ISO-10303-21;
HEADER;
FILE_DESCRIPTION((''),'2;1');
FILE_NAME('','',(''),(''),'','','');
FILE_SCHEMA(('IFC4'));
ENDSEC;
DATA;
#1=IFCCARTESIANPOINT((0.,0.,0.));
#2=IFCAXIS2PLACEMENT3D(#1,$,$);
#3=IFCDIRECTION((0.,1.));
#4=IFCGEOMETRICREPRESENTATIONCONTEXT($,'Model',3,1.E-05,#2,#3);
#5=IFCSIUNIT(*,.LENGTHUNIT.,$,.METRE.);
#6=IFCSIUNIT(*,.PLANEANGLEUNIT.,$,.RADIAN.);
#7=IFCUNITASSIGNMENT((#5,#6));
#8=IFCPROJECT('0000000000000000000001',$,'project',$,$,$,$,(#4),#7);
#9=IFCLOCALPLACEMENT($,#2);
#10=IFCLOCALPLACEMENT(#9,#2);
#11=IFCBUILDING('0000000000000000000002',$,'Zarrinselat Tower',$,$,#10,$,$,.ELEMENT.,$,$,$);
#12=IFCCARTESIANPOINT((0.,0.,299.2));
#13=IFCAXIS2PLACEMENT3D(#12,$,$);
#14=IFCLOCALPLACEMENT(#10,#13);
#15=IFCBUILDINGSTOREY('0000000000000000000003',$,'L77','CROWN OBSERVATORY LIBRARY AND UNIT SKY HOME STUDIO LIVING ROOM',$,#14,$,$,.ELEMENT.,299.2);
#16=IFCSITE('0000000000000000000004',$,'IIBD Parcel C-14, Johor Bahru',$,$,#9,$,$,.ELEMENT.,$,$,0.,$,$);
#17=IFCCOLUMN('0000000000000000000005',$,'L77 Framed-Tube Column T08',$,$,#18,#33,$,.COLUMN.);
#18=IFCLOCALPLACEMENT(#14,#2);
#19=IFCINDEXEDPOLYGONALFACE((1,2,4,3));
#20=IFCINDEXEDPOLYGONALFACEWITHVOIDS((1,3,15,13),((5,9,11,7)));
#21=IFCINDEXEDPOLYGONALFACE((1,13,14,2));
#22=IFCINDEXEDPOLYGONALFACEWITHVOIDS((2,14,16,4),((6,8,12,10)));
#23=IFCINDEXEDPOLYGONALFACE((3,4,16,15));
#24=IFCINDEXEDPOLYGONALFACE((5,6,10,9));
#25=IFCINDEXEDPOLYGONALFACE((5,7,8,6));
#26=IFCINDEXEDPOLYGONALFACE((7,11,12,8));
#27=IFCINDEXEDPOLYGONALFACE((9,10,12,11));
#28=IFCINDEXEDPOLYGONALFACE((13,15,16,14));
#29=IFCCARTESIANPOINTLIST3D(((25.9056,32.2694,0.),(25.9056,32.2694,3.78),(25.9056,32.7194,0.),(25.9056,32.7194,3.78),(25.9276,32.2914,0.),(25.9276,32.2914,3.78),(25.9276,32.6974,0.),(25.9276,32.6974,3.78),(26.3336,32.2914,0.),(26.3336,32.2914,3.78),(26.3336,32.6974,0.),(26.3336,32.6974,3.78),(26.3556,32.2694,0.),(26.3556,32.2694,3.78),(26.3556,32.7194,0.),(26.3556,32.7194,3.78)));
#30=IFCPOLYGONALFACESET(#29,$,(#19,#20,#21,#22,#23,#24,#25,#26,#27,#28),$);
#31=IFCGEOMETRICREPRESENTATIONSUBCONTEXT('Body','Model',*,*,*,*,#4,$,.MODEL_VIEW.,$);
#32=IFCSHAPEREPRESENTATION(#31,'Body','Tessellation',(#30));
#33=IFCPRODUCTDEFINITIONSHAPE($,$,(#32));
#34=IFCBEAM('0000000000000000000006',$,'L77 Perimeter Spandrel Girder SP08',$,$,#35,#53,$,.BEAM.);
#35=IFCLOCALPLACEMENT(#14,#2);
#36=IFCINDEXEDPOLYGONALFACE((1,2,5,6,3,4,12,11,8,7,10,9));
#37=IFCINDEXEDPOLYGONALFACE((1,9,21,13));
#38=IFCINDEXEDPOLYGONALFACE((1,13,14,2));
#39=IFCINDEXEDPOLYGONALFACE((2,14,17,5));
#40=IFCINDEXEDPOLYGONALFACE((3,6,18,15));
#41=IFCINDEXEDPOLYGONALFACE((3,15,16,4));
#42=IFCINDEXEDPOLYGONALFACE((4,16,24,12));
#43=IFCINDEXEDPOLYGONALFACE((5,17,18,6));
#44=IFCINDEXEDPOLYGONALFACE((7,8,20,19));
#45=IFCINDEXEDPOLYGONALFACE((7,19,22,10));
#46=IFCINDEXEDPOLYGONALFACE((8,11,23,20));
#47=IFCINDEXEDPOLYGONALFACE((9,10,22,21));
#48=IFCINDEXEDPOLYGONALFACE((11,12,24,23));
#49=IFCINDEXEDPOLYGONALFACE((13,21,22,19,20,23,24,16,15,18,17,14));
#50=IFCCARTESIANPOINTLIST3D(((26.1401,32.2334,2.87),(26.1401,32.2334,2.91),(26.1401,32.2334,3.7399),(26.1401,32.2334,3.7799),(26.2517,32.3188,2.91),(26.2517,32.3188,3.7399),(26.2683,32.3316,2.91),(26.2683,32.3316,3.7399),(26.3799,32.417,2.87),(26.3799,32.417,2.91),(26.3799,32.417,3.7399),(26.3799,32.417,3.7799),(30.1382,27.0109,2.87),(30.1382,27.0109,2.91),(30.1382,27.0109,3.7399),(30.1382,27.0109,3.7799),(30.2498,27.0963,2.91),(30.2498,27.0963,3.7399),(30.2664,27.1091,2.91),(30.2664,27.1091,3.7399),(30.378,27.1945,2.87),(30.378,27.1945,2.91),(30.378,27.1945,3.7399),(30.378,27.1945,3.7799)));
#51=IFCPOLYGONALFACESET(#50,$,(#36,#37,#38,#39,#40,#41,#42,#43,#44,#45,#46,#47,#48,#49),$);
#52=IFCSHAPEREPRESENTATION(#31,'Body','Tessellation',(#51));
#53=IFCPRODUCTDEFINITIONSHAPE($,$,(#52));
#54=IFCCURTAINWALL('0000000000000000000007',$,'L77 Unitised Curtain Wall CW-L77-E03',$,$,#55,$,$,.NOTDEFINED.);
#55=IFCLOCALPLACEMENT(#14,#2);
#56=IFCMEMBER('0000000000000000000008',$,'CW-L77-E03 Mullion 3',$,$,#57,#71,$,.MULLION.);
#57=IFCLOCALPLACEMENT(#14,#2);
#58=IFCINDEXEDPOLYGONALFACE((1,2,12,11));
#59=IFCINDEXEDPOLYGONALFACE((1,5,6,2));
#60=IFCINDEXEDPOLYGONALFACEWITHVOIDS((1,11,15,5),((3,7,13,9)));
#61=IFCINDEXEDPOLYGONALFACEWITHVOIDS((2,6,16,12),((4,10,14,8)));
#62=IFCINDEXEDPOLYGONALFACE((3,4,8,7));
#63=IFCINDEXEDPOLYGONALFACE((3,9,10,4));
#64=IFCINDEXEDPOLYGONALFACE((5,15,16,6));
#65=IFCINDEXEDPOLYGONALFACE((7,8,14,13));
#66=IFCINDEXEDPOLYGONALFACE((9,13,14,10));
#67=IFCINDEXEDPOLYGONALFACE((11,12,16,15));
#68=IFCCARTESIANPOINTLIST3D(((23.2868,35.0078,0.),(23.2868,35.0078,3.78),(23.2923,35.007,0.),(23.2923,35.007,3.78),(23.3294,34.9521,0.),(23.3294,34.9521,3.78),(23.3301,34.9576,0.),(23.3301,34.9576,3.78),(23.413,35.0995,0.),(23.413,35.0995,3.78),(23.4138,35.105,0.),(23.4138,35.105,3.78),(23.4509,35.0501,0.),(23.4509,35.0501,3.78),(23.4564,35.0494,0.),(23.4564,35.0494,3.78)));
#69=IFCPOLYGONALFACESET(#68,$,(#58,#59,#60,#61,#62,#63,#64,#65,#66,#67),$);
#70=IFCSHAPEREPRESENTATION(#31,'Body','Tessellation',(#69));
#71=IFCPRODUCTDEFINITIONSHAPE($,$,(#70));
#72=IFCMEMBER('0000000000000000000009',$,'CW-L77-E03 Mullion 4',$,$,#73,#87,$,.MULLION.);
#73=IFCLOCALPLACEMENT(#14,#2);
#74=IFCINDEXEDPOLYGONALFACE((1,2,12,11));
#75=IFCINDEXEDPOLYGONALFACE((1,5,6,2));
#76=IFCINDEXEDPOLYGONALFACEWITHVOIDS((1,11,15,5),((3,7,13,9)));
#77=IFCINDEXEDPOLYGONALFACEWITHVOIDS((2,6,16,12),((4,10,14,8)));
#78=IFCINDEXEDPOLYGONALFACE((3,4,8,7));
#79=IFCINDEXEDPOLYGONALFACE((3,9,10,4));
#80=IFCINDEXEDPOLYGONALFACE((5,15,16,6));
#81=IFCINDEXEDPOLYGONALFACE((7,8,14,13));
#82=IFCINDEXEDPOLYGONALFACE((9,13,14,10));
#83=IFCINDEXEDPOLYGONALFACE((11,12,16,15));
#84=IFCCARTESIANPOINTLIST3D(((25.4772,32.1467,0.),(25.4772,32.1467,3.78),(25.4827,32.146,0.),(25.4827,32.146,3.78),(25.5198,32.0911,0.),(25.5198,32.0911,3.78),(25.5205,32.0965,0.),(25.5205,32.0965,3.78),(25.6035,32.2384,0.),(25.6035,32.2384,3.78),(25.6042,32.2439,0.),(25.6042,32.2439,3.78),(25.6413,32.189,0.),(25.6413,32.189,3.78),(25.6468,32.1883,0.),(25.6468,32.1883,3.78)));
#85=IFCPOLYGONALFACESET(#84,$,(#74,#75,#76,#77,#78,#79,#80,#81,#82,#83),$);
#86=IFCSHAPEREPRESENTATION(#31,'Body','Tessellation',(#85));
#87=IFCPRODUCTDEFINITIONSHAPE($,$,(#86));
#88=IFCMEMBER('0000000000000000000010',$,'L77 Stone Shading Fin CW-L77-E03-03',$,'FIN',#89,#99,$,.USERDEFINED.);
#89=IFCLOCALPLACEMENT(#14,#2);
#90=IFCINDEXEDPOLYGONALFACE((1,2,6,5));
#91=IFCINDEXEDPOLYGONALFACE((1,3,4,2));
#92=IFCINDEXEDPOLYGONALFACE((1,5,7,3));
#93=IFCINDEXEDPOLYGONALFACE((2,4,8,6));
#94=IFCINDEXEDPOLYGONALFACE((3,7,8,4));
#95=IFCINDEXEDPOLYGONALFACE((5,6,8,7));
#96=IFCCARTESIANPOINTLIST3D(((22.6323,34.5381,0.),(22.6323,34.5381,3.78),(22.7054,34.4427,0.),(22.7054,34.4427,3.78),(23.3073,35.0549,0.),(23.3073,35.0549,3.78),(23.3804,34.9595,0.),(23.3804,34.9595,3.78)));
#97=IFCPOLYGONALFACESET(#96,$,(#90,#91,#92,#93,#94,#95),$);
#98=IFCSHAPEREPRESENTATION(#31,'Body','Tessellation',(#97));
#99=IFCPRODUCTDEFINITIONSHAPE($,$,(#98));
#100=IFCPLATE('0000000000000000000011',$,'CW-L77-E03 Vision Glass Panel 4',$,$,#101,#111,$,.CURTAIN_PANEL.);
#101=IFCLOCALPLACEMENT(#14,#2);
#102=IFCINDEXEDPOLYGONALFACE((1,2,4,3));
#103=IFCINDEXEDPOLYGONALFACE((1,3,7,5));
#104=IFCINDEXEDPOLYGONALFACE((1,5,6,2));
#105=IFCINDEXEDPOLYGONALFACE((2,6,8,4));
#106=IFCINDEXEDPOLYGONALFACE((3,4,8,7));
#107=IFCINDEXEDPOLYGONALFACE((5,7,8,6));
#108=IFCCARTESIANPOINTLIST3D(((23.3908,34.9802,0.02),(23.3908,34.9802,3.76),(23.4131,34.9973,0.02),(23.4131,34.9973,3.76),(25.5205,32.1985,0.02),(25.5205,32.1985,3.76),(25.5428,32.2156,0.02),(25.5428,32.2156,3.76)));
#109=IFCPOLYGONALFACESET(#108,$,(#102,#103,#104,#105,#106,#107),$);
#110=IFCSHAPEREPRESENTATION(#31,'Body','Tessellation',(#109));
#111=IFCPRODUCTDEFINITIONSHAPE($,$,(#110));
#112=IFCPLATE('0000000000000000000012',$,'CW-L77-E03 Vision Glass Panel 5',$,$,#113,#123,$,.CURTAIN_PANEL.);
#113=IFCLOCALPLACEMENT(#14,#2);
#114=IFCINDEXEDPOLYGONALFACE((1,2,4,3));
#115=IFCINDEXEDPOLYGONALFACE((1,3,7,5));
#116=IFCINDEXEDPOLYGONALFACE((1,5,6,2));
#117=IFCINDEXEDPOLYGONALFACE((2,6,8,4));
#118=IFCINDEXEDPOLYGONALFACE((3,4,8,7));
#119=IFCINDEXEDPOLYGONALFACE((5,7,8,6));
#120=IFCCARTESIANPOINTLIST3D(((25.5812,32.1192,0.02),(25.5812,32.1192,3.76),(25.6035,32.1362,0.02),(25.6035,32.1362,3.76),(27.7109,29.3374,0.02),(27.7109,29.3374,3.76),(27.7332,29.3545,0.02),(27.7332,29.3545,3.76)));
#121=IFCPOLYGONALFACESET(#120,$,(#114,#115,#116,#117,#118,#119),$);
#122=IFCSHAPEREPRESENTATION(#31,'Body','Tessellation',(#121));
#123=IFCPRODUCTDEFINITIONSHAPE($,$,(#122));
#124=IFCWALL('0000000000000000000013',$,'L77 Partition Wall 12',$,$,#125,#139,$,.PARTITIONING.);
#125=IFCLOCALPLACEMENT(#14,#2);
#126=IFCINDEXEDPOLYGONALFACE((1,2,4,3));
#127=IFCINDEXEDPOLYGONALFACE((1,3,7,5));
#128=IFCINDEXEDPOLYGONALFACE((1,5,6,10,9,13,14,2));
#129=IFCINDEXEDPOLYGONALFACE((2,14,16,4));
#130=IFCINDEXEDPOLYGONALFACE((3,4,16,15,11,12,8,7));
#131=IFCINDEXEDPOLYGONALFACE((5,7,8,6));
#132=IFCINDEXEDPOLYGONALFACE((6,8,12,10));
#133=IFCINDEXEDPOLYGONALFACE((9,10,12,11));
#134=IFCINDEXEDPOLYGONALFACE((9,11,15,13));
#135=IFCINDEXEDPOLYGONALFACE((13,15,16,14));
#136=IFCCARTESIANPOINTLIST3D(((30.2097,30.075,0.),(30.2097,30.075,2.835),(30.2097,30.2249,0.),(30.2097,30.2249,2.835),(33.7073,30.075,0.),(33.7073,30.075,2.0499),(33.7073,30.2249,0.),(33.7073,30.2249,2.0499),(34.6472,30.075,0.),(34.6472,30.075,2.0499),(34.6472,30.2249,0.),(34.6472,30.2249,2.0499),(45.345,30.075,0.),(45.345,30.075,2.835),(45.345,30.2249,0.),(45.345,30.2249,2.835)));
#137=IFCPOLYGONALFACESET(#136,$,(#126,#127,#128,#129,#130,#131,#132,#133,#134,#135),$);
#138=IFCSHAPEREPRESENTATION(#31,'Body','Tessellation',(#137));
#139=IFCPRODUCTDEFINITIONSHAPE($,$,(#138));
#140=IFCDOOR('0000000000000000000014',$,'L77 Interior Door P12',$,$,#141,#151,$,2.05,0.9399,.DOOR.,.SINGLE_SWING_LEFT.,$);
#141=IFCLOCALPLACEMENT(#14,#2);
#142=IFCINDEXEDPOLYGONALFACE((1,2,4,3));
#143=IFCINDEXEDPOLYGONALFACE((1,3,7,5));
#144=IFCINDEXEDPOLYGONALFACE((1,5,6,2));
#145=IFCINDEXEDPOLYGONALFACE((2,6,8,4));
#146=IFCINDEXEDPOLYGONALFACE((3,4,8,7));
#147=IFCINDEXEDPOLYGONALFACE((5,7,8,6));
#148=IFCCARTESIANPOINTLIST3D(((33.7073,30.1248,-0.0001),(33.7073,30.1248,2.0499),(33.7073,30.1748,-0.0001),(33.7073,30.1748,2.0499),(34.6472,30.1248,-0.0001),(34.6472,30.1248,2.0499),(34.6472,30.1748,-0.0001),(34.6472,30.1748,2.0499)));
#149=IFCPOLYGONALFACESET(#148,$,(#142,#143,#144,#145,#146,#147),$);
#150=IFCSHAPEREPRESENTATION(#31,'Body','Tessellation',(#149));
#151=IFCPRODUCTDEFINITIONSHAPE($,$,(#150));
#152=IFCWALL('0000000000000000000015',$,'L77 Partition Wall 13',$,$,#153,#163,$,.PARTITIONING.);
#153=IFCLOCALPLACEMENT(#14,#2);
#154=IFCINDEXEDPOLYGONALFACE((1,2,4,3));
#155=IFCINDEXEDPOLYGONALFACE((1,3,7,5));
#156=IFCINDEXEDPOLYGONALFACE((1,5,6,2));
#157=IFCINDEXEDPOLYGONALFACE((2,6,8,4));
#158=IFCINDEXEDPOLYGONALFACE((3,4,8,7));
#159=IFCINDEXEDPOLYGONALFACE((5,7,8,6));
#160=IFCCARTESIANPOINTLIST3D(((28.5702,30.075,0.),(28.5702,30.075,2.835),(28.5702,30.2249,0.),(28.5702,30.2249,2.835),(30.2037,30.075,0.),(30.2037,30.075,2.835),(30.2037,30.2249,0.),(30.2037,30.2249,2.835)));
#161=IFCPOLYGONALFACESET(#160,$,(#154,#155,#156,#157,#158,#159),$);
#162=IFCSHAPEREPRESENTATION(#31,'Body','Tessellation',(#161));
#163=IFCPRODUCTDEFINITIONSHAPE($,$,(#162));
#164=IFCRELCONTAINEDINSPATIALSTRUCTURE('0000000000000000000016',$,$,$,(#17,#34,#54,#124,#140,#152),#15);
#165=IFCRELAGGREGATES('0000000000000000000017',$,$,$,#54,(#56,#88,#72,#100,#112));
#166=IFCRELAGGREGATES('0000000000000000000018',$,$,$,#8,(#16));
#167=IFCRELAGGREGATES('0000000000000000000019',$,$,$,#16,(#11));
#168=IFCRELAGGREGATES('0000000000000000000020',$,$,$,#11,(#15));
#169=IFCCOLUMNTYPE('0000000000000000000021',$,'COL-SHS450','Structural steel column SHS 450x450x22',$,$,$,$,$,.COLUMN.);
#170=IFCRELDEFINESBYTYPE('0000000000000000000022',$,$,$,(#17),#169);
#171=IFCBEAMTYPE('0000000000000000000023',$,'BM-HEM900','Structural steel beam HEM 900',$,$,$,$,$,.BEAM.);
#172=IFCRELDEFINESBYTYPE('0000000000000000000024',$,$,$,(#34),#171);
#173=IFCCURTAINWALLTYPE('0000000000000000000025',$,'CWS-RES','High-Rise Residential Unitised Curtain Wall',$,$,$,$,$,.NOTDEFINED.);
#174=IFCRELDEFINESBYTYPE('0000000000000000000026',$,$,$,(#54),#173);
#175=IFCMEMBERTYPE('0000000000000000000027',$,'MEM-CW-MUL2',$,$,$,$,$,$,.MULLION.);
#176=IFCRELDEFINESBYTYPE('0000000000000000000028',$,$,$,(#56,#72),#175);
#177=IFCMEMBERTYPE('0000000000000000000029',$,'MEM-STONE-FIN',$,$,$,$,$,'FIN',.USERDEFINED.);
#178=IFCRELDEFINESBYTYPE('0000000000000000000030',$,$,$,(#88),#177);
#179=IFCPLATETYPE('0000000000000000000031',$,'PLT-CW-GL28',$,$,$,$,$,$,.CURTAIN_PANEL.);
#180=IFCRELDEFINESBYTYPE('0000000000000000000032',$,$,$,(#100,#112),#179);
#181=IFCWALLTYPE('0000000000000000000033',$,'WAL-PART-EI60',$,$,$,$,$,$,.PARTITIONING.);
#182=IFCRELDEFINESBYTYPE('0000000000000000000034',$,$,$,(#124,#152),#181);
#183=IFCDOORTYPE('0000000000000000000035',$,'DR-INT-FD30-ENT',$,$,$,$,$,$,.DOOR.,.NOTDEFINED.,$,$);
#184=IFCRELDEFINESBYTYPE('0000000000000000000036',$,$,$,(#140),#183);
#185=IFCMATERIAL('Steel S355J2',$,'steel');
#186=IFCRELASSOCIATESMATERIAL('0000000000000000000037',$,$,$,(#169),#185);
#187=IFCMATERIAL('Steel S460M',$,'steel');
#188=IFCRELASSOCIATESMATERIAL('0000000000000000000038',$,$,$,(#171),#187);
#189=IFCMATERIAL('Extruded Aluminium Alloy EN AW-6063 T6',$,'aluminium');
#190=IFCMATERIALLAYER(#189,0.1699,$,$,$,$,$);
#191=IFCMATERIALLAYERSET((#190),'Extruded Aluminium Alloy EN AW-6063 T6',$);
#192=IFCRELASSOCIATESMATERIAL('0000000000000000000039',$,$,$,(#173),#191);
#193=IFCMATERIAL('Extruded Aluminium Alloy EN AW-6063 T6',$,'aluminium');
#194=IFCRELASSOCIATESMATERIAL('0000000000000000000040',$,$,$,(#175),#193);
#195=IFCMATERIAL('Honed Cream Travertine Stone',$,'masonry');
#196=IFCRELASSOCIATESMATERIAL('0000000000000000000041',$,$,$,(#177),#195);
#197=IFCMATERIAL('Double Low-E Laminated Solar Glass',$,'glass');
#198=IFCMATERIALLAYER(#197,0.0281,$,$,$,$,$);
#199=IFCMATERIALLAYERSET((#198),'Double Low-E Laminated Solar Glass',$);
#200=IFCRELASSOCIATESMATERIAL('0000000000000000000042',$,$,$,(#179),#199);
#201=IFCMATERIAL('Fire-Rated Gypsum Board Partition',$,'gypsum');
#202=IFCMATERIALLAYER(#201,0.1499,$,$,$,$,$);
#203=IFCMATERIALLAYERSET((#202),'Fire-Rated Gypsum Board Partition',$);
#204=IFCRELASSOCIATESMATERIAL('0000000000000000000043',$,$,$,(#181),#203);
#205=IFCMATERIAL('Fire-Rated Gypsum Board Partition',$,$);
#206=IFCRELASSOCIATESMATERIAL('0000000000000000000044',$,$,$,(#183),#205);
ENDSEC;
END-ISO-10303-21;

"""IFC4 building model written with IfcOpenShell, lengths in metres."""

from ifc_helpers import new_model, si_unit, direction, frame, frame_2d, origin, origin_2d, place, context, subcontext, project, spatial, rectangle, hollow_rectangle, i_section, extrude, material, layer, layer_set, material_profile, profile_set, type_object, element, fill, aggregate, save


model = new_model("IFC4")

# Units and contexts
model_context = context("Model", 3, precision=1e-05, world=origin(), true_north=direction((0.0, 1.0)))
body_context = subcontext(model_context, "Body", "Model", "MODEL_VIEW")
ifc_project = project(units=[si_unit("LENGTHUNIT", "METRE"), si_unit("PLANEANGLEUNIT", "RADIAN")], contexts=[model_context])

# Site, building, storey
site_placement = place(None, origin())
site = spatial("IfcSite", under=ifc_project, at=site_placement, Name="IIBD Parcel C-14, Johor Bahru", CompositionType="ELEMENT", RefElevation=0.0)
building_placement = place(site_placement, origin())
building = spatial("IfcBuilding", under=site, at=building_placement, Name="Zarrinselat Tower", CompositionType="ELEMENT")
storey_placement = place(building_placement, frame((0.0, 0.0, 299.2)))
storey = spatial("IfcBuildingStorey", under=building, at=storey_placement, Name="L77", Description="CROWN OBSERVATORY LIBRARY AND UNIT SKY HOME STUDIO LIVING ROOM", CompositionType="ELEMENT", Elevation=299.2)

# Column
ifc_material_1 = material(Name="Steel S355J2", Category="steel")
ifc_material_profile_1 = material_profile(ifc_material_1, hollow_rectangle(XDim=0.45, YDim=0.45, WallThickness=0.022, at=origin_2d()), Name="SHS 450x450x22")
ifc_profile_set_1 = profile_set([ifc_material_profile_1], Name="Steel S355J2")
column_type = type_object("IfcColumnType", Name="COL-SHS450", Description="Structural steel column SHS 450x450x22", PredefinedType="COLUMN", material=ifc_profile_set_1)
column_placement = place(storey_placement, frame((26.1306, 32.4944, 0.0), z_axis=(0.0, 0.0, 1.0), x_axis=(1.0, 0.0, 0.0)))
element("IfcColumn", 1, at=column_placement, inside=storey, type_object=column_type, Name="L77 Framed-Tube Column T08", PredefinedType="COLUMN", context=body_context, shape_type="SweptSolid", body=[
    extrude(hollow_rectangle(XDim=0.45, YDim=0.45, WallThickness=0.022, at=origin_2d()), origin(), (0.0, 0.0, 1.0), 3.78),
])

# Beam
ifc_material_2 = material(Name="Steel S460M", Category="steel")
ifc_material_profile_2 = material_profile(ifc_material_2, i_section(OverallWidth=0.302, OverallDepth=0.9099, WebThickness=0.021, FlangeThickness=0.04, at=origin_2d()), Name="HEM 900")
ifc_profile_set_2 = profile_set([ifc_material_profile_2], Name="Steel S460M")
beam_type = type_object("IfcBeamType", Name="BM-HEM900", Description="Structural steel beam HEM 900", PredefinedType="BEAM", material=ifc_profile_set_2)
beam_placement = place(storey_placement, frame((26.26, 32.3252, 3.325), z_axis=(0.607876, -0.794032, 0.0), x_axis=(0.794032, 0.607876, 0.0)))
element("IfcBeam", 2, at=beam_placement, inside=storey, type_object=beam_type, Name="L77 Perimeter Spandrel Girder SP08", PredefinedType="BEAM", context=body_context, shape_type="SweptSolid", body=[
    extrude(i_section(OverallWidth=0.302, OverallDepth=0.9099, WebThickness=0.021, FlangeThickness=0.04, at=origin_2d()), origin(), (0.0, 0.0, 1.0), 6.5771),
])

# Curtain wall, members, plates
ifc_material_3 = material(Name="Extruded Aluminium Alloy EN AW-6063 T6", Category="aluminium")
ifc_layer_1 = layer(ifc_material_3, 0.1699)
ifc_layer_set_1 = layer_set([ifc_layer_1], Name="Extruded Aluminium Alloy EN AW-6063 T6")
curtain_wall_type = type_object("IfcCurtainWallType", Name="CWS-RES", Description="High-Rise Residential Unitised Curtain Wall", PredefinedType="NOTDEFINED", material=ifc_layer_set_1)
curtain_wall_placement = place(storey_placement, origin())
curtain_wall = element("IfcCurtainWall", 3, at=curtain_wall_placement, inside=storey, type_object=curtain_wall_type, Name="L77 Unitised Curtain Wall CW-L77-E03", PredefinedType="NOTDEFINED")
ifc_material_4 = material(Name="Extruded Aluminium Alloy EN AW-6063 T6", Category="aluminium")
ifc_material_profile_3 = material_profile(ifc_material_4, hollow_rectangle(XDim=0.0701, YDim=0.1599, WallThickness=0.0039, at=origin_2d()), Name="RHS 160x70x4")
ifc_profile_set_3 = profile_set([ifc_material_profile_3], Name="Extruded Aluminium Alloy EN AW-6063 T6")
member_type_1 = type_object("IfcMemberType", Name="MEM-CW-MUL2", PredefinedType="MULLION", material=ifc_profile_set_3)
member_1_placement = place(storey_placement, frame((23.3716, 35.0286, 0.0), z_axis=(0.0, 0.0, 1.0), x_axis=(0.607898, -0.794015, 0.0)))
member_1 = element("IfcMember", 4, at=member_1_placement, type_object=member_type_1, Name="CW-L77-E03 Mullion 3", PredefinedType="MULLION", context=body_context, shape_type="SweptSolid", body=[
    extrude(hollow_rectangle(XDim=0.0701, YDim=0.1599, WallThickness=0.0039, at=origin_2d()), origin(), (0.0, 0.0, 1.0), 3.78),
])
member_2_placement = place(storey_placement, frame((25.562, 32.1675, 0.0), z_axis=(0.0, 0.0, 1.0), x_axis=(0.607898, -0.794015, 0.0)))
member_2 = element("IfcMember", 5, at=member_2_placement, type_object=member_type_1, Name="CW-L77-E03 Mullion 4", PredefinedType="MULLION", context=body_context, shape_type="SweptSolid", body=[
    extrude(hollow_rectangle(XDim=0.0701, YDim=0.1599, WallThickness=0.0039, at=origin_2d()), origin(), (0.0, 0.0, 1.0), 3.78),
])
ifc_material_5 = material(Name="Honed Cream Travertine Stone", Category="masonry")
ifc_material_profile_4 = material_profile(ifc_material_5, rectangle(XDim=0.1201, YDim=0.8501, at=origin_2d()), Name="FIN 850x120")
ifc_profile_set_4 = profile_set([ifc_material_profile_4], Name="Honed Cream Travertine Stone")
member_type_2 = type_object("IfcMemberType", Name="MEM-STONE-FIN", ElementType="FIN", PredefinedType="USERDEFINED", material=ifc_profile_set_4)
member_3_placement = place(storey_placement, frame((23.0063, 34.7488, 0.0), z_axis=(0.0, 0.0, 1.0), x_axis=(-0.607898, 0.794015, 0.0)))
member_3 = element("IfcMember", 6, at=member_3_placement, type_object=member_type_2, Name="L77 Stone Shading Fin CW-L77-E03-03", ObjectType="FIN", PredefinedType="USERDEFINED", context=body_context, shape_type="SweptSolid", body=[
    extrude(rectangle(XDim=0.1201, YDim=0.8501, at=origin_2d()), origin(), (0.0, 0.0, 1.0), 3.78),
])
ifc_material_6 = material(Name="Double Low-E Laminated Solar Glass", Category="glass")
ifc_layer_2 = layer(ifc_material_6, 0.0281)
ifc_layer_set_2 = layer_set([ifc_layer_2], Name="Double Low-E Laminated Solar Glass")
plate_type = type_object("IfcPlateType", Name="PLT-CW-GL28", PredefinedType="CURTAIN_PANEL", material=ifc_layer_set_2)
plate_1_placement = place(storey_placement, frame((24.4668, 33.5979, 0.02), z_axis=(0.0, 0.0, 1.0), x_axis=(0.607898, -0.794015, 0.0)))
plate_1 = element("IfcPlate", 7, at=plate_1_placement, type_object=plate_type, Name="CW-L77-E03 Vision Glass Panel 4", PredefinedType="CURTAIN_PANEL", context=body_context, shape_type="SweptSolid", body=[
    extrude(rectangle(XDim=3.5034, YDim=0.0281, at=origin_2d()), origin(), (0.0, 0.0, 1.0), 3.74),
])
plate_2_placement = place(storey_placement, frame((26.6572, 30.7368, 0.02), z_axis=(0.0, 0.0, 1.0), x_axis=(0.607898, -0.794015, 0.0)))
plate_2 = element("IfcPlate", 8, at=plate_2_placement, type_object=plate_type, Name="CW-L77-E03 Vision Glass Panel 5", PredefinedType="CURTAIN_PANEL", context=body_context, shape_type="SweptSolid", body=[
    extrude(rectangle(XDim=3.5034, YDim=0.0281, at=origin_2d()), origin(), (0.0, 0.0, 1.0), 3.74),
])
aggregate(curtain_wall, [member_1, member_3, member_2, plate_1, plate_2])

# Wall, opening, door
ifc_material_7 = material(Name="Fire-Rated Gypsum Board Partition", Category="gypsum")
ifc_layer_3 = layer(ifc_material_7, 0.1499)
ifc_layer_set_3 = layer_set([ifc_layer_3], Name="Fire-Rated Gypsum Board Partition")
wall_type_1 = type_object("IfcWallType", Name="WAL-PART-EI60", PredefinedType="PARTITIONING", material=ifc_layer_set_3)
wall_1_placement = place(storey_placement, frame((30.2097, 30.1499, 0.0), z_axis=(0.0, 0.0, 1.0), x_axis=(1.0, 0.0, 0.0)))
wall_1 = element("IfcWall", 9, at=wall_1_placement, inside=storey, type_object=wall_type_1, Name="L77 Partition Wall 12", PredefinedType="PARTITIONING", context=body_context, shape_type="SweptSolid", body=[
    extrude(rectangle(XDim=15.1353, YDim=0.1499, at=frame_2d((7.5676, 0.0))), origin(), (0.0, 0.0, 1.0), 2.835),
])
opening_1_placement = place(wall_1_placement, frame((3.4976, 0.0, 0.0)))
opening_1 = element("IfcOpeningElement", 10, at=opening_1_placement, cuts=wall_1, PredefinedType="OPENING", context=body_context, shape_type="SweptSolid", body=[
    extrude(rectangle(XDim=0.9399, YDim=2.05, at=frame_2d((0.47, 1.0249))), frame((0.0, 0.085, 0.0), z_axis=(0.0, -1.0, 0.0), x_axis=(1.0, 0.0, 0.0)), (0.0, 0.0, 1.0), 0.1699),
])
ifc_material_8 = material(Name="Fire-Rated Gypsum Board Partition")
door_type_1 = type_object("IfcDoorType", Name="DR-INT-FD30-ENT", OperationType="NOTDEFINED", PredefinedType="DOOR", material=ifc_material_8)
door_1_placement = place(opening_1_placement, origin())
door_1 = element("IfcDoor", 11, at=door_1_placement, inside=storey, type_object=door_type_1, Name="L77 Interior Door P12", OperationType="SINGLE_SWING_LEFT", OverallHeight=2.05, OverallWidth=0.9399, PredefinedType="DOOR", context=body_context, shape_type="SweptSolid", body=[
    extrude(rectangle(XDim=0.9399, YDim=2.05, at=frame_2d((0.47, 1.0249))), frame((0.0, 0.0249, 0.0), z_axis=(0.0, -1.0, 0.0), x_axis=(1.0, 0.0, 0.0)), (0.0, 0.0, 1.0), 0.05),
])
fill(opening_1, door_1)

# Wall
wall_2_placement = place(storey_placement, frame((28.5701, 30.1499, 0.0), z_axis=(0.0, 0.0, 1.0), x_axis=(1.0, 0.0, 0.0)))
element("IfcWall", 12, at=wall_2_placement, inside=storey, type_object=wall_type_1, Name="L77 Partition Wall 13", PredefinedType="PARTITIONING", context=body_context, shape_type="SweptSolid", body=[
    extrude(rectangle(XDim=1.6335, YDim=0.1499, at=frame_2d((0.8169, 0.0))), origin(), (0.0, 0.0, 1.0), 2.835),
])

save(model, "model.ifc")
